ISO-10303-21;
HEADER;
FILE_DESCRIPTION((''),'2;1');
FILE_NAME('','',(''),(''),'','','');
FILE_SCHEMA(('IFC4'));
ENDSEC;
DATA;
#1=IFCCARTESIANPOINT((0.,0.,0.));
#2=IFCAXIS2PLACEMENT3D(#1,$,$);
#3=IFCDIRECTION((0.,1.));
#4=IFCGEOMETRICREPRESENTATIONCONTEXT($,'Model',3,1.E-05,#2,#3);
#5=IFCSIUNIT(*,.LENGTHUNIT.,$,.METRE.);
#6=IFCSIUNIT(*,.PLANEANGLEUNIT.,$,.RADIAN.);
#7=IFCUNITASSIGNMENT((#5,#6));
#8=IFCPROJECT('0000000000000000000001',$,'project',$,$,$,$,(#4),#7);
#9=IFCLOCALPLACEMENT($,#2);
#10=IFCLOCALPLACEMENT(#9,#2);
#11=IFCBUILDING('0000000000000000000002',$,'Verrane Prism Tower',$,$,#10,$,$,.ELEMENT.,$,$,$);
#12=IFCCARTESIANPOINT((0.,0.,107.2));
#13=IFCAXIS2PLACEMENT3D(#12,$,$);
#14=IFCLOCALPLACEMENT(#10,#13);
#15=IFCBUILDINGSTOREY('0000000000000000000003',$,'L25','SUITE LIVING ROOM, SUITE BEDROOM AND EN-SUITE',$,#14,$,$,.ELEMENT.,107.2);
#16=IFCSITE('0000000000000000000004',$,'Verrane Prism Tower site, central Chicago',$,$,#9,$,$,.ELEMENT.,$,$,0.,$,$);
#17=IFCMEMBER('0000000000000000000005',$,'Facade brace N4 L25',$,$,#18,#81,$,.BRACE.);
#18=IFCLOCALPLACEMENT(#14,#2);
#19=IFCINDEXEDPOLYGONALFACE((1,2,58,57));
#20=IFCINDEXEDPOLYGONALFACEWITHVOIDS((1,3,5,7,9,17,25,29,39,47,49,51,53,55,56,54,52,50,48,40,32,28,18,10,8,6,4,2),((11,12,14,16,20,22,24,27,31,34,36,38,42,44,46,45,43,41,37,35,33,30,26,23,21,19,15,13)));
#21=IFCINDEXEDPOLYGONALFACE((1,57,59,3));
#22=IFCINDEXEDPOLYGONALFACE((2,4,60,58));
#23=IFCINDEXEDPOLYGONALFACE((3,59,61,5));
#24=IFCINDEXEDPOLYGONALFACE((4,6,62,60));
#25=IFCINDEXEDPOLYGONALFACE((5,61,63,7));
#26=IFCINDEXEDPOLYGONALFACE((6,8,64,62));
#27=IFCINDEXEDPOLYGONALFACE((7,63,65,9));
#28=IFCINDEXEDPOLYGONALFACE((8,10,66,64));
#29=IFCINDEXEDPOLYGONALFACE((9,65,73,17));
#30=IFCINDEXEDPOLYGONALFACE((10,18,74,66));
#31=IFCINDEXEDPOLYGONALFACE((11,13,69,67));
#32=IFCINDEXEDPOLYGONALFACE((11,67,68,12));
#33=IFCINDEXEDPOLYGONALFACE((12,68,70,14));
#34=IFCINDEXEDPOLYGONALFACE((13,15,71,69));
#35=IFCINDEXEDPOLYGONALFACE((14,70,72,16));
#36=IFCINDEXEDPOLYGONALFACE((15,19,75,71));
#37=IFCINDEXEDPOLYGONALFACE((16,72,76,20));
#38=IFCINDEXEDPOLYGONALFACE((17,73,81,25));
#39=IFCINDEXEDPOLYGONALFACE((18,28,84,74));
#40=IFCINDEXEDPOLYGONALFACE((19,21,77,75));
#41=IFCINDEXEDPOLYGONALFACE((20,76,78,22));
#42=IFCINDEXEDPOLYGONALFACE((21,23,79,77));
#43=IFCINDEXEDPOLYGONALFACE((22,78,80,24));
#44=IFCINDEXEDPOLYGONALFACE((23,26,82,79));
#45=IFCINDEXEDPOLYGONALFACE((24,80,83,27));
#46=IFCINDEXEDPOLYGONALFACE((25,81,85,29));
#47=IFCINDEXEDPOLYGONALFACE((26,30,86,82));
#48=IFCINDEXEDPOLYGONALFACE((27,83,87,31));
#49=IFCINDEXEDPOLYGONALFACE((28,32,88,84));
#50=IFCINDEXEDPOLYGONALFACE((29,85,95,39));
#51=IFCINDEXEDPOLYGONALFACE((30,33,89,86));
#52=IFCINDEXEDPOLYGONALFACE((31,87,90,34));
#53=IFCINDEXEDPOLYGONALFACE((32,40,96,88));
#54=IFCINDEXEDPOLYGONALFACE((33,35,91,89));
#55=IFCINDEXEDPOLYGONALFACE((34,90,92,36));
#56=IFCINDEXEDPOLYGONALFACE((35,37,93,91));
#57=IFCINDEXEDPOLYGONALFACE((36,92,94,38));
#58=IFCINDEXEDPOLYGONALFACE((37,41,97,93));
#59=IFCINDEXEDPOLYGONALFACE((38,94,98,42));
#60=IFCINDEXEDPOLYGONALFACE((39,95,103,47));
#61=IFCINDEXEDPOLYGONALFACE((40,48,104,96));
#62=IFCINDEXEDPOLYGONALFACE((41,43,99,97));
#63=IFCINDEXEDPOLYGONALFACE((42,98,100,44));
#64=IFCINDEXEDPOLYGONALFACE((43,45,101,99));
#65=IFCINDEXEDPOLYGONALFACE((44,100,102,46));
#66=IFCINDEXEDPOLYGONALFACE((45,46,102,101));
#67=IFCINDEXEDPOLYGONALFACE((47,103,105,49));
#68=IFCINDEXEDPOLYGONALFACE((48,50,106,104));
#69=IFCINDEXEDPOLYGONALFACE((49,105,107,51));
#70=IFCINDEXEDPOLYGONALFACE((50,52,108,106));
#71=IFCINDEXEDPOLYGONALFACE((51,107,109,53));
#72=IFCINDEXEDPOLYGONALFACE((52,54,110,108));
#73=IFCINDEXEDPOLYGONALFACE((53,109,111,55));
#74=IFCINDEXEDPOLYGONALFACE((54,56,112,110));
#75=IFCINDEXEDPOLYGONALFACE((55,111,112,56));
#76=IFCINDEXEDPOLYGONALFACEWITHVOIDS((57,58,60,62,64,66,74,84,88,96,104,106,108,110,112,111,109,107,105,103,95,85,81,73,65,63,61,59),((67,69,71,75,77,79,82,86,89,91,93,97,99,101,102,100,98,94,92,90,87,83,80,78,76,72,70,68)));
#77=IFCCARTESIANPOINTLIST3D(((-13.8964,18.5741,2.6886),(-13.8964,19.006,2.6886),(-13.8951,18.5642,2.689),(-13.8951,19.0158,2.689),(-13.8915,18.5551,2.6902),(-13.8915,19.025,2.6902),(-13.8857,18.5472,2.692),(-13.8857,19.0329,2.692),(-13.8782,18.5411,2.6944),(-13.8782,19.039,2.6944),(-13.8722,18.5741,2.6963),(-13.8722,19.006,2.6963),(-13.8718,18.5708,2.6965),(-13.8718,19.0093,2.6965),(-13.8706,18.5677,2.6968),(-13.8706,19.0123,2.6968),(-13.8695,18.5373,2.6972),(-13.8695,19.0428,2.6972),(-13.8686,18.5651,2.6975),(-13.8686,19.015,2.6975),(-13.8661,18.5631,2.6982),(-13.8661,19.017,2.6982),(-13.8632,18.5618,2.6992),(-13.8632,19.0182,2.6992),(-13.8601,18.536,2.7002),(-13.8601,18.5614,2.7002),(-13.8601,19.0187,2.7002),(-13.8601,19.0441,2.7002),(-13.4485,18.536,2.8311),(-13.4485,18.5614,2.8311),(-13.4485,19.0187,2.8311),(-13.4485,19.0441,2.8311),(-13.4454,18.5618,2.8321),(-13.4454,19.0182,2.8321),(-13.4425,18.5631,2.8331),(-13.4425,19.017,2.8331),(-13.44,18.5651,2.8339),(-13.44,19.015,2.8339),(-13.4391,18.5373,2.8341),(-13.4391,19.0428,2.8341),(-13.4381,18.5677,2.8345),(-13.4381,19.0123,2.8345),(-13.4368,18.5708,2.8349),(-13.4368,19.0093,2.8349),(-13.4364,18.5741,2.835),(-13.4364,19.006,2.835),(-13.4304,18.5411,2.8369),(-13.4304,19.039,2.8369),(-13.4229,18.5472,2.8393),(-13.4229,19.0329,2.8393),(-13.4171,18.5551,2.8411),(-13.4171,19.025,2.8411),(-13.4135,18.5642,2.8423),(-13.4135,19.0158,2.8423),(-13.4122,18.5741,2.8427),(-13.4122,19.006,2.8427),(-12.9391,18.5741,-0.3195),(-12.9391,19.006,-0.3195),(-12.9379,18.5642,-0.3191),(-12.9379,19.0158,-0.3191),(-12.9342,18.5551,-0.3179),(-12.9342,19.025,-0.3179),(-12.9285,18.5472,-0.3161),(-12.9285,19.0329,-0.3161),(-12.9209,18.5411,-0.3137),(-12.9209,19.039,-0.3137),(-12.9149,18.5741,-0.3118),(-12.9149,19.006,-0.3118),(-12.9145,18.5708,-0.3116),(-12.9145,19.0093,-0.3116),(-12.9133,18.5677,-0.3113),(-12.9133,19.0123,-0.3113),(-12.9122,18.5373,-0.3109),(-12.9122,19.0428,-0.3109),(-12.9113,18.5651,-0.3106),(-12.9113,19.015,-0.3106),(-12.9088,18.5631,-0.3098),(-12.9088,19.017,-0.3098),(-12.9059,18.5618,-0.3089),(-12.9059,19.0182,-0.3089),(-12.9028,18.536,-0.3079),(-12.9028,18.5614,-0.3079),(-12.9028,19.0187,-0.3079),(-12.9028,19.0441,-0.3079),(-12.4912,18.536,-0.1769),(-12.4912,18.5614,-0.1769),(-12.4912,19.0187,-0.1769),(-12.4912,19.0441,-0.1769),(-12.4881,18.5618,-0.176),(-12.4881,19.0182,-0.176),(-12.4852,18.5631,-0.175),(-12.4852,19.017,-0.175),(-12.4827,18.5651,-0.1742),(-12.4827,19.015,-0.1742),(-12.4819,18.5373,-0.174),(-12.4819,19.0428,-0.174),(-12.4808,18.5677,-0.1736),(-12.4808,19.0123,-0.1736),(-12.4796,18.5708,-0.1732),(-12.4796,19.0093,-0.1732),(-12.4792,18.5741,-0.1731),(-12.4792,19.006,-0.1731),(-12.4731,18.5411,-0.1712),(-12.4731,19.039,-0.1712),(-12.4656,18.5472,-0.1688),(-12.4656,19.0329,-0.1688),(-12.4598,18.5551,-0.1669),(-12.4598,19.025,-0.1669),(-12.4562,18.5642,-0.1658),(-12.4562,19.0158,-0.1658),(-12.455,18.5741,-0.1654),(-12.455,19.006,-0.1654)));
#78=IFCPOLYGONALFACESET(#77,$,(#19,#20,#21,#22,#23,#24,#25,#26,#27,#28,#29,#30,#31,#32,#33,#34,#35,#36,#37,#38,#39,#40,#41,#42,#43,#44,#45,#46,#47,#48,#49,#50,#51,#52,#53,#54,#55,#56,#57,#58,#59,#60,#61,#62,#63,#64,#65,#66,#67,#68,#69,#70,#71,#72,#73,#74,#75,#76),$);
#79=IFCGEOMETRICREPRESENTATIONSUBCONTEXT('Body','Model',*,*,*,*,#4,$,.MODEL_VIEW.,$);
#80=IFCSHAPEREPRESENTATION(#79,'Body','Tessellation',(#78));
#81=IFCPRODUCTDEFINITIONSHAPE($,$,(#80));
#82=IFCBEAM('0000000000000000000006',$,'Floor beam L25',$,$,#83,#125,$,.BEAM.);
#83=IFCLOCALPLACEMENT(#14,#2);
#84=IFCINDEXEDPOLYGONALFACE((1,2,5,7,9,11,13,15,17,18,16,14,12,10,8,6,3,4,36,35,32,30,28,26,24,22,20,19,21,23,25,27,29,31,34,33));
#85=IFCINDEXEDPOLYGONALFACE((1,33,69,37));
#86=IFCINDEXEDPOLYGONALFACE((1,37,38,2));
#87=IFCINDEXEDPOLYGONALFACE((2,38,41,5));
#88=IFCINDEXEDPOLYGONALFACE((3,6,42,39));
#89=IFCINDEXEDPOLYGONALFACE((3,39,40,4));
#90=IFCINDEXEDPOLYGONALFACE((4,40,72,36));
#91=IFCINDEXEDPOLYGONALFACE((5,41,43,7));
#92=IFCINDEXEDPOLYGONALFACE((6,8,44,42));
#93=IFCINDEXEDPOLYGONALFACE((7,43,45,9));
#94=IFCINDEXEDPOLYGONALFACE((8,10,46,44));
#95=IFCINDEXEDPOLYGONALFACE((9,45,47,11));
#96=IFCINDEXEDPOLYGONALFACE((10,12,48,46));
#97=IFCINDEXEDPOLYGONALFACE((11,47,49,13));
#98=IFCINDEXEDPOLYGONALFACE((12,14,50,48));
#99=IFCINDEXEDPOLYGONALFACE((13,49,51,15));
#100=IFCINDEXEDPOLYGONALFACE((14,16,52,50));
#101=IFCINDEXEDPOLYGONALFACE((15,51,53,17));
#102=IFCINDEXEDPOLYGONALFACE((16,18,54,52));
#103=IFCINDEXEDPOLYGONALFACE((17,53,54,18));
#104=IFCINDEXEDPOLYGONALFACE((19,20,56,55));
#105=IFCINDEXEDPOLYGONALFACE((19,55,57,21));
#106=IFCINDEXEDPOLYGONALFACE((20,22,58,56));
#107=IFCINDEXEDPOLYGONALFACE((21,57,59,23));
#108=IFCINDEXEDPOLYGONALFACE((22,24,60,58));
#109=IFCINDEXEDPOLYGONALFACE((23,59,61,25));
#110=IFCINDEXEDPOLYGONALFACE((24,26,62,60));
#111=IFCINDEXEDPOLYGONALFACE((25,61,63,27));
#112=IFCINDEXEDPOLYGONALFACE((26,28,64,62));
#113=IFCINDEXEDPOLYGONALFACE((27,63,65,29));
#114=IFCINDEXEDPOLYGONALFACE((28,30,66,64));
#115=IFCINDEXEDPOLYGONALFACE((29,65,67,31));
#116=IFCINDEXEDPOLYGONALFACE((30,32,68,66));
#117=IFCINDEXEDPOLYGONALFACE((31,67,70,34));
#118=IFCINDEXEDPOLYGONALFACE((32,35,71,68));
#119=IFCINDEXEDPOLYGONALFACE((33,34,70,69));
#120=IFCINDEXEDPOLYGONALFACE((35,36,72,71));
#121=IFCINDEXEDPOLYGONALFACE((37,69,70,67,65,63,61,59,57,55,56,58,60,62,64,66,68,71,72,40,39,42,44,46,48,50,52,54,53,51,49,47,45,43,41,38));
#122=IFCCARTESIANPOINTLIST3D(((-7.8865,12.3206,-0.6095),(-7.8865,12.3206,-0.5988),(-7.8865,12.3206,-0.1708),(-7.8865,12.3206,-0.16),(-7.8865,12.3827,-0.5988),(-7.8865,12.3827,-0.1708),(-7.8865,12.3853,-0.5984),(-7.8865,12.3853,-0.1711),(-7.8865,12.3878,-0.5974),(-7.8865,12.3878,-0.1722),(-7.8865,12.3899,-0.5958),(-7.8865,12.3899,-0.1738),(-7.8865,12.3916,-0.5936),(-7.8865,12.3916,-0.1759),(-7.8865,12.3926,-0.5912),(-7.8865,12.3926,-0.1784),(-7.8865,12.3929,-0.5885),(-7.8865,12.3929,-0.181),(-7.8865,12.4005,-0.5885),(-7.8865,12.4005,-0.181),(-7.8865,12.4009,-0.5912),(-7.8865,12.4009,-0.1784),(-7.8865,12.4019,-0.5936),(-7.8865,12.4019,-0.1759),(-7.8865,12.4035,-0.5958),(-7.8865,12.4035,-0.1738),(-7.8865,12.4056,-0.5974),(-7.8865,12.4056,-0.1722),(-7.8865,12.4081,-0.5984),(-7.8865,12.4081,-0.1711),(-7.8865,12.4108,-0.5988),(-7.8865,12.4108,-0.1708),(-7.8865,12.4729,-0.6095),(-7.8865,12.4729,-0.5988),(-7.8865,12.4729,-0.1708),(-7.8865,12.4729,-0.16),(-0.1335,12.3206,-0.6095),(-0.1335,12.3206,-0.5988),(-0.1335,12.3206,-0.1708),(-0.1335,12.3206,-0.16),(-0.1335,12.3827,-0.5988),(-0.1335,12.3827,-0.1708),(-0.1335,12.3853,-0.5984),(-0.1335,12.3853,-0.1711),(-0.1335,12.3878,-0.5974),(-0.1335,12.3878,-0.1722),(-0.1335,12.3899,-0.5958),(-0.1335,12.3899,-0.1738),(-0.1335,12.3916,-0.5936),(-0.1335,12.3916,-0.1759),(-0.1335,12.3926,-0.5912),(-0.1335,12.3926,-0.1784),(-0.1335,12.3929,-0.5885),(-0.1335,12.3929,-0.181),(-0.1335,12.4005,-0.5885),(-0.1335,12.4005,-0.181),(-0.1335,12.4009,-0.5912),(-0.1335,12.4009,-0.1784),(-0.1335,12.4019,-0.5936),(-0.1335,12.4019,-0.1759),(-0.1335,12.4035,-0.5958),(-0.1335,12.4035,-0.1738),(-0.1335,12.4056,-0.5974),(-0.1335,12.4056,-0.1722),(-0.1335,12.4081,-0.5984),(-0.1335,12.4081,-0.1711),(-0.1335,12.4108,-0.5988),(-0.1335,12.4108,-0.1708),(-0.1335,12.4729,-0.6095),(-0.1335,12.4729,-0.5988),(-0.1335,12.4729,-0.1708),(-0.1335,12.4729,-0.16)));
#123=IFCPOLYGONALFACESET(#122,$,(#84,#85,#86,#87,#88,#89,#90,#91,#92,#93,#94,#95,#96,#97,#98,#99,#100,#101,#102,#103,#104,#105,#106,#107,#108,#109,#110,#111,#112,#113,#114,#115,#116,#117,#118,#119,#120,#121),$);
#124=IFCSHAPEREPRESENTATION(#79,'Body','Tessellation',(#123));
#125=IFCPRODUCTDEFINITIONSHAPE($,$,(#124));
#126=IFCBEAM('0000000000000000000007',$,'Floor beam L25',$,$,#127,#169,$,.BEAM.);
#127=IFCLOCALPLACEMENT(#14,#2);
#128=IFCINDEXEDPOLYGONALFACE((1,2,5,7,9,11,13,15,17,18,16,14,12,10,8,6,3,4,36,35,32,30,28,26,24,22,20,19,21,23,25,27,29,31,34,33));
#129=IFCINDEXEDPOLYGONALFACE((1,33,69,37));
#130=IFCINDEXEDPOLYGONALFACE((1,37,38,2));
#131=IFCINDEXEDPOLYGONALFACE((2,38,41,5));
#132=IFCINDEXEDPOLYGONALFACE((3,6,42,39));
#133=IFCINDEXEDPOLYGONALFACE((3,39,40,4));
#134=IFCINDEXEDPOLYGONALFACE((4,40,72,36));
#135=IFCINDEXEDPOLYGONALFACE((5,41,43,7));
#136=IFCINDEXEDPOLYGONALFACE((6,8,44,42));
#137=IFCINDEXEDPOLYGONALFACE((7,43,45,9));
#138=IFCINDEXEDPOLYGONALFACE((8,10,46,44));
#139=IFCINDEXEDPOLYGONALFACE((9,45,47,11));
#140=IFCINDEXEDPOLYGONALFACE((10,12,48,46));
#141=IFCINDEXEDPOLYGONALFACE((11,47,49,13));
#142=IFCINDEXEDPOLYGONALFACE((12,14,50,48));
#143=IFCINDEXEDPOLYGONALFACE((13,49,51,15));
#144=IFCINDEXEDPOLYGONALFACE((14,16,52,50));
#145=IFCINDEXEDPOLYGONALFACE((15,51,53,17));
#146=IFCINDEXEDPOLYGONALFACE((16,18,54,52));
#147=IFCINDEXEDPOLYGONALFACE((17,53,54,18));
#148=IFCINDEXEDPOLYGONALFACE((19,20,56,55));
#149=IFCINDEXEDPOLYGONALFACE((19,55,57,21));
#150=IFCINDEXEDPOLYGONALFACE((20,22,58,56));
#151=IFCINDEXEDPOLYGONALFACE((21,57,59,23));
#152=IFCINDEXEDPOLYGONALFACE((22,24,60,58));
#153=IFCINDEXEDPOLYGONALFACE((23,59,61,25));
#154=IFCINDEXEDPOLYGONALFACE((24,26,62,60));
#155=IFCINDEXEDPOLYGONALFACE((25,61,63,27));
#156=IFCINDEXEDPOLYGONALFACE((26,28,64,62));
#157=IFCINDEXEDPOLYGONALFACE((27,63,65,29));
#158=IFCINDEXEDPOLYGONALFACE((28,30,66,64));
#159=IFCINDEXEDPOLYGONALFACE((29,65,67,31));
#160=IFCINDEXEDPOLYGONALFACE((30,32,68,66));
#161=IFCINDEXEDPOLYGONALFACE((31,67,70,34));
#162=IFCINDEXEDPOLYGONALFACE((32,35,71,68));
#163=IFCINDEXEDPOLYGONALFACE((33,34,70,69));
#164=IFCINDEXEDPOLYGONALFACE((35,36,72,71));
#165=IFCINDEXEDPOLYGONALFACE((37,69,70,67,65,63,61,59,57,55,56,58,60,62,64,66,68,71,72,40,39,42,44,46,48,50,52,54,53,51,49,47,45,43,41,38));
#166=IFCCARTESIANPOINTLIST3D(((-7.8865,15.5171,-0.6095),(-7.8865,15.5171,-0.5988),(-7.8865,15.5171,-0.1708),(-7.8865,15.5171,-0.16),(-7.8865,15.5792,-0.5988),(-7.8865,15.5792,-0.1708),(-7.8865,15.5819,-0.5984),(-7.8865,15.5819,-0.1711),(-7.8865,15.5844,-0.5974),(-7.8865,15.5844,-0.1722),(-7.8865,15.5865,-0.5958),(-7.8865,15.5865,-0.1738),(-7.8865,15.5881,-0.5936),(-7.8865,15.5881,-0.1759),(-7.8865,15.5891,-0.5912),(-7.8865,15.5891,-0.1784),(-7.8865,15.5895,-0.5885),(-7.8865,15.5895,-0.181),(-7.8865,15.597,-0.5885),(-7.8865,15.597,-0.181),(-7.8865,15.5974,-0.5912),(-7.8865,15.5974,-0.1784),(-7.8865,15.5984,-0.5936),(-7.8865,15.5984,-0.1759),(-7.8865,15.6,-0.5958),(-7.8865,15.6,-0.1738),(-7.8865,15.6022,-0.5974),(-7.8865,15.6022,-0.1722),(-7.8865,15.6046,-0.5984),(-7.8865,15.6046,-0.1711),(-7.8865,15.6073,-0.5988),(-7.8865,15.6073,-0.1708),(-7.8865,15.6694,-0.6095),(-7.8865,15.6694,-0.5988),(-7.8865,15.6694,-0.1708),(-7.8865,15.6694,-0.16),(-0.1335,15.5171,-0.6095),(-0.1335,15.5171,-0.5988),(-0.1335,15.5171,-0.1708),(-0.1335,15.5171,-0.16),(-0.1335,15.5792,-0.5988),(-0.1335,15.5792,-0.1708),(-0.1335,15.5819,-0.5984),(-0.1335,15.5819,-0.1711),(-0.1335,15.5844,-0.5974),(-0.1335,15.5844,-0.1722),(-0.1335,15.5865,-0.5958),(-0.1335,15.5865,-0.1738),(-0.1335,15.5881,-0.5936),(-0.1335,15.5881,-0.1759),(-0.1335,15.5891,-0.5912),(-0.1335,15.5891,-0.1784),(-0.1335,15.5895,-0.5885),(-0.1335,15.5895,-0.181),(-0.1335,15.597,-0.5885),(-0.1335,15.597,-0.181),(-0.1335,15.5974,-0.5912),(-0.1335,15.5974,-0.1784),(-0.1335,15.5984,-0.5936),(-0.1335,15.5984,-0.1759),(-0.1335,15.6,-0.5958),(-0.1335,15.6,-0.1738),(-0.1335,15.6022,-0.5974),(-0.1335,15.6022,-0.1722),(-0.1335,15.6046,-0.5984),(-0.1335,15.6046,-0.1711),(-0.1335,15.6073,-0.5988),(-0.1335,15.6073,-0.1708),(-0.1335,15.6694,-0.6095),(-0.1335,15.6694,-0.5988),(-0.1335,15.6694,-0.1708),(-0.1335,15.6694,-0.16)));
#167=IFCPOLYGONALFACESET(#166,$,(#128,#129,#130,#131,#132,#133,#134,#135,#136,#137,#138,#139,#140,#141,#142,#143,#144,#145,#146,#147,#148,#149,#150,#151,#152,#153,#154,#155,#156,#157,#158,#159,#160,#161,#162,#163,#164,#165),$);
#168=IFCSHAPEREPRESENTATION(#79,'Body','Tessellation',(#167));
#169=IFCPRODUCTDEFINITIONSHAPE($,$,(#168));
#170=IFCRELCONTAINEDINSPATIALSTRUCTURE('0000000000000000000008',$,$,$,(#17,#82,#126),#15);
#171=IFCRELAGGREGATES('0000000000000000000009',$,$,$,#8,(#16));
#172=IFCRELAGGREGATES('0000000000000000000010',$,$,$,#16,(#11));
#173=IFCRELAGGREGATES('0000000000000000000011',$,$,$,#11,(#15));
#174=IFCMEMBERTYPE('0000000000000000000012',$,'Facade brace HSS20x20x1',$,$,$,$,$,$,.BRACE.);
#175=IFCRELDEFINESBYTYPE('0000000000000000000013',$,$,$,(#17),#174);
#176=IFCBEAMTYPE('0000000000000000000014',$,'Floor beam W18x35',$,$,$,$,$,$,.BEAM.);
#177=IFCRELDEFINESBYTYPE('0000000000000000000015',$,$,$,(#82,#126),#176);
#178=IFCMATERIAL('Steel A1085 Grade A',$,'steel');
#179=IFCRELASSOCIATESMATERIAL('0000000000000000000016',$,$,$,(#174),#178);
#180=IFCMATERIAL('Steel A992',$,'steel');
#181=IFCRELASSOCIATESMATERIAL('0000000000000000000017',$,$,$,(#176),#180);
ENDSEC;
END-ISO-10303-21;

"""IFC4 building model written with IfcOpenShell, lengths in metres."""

from ifc_helpers import new_model, si_unit, direction, frame, origin, origin_2d, place, context, subcontext, project, spatial, hollow_rectangle, i_section, extrude, material, material_profile, profile_set, type_object, element, save


model = new_model("IFC4")

# Units and contexts
model_context = context("Model", 3, precision=1e-05, world=origin(), true_north=direction((0.0, 1.0)))
body_context = subcontext(model_context, "Body", "Model", "MODEL_VIEW")
ifc_project = project(units=[si_unit("LENGTHUNIT", "METRE"), si_unit("PLANEANGLEUNIT", "RADIAN")], contexts=[model_context])

# Site, building, storey
site_placement = place(None, origin())
site = spatial("IfcSite", under=ifc_project, at=site_placement, Name="Verrane Prism Tower site, central Chicago", CompositionType="ELEMENT", RefElevation=0.0)
building_placement = place(site_placement, origin())
building = spatial("IfcBuilding", under=site, at=building_placement, Name="Verrane Prism Tower", CompositionType="ELEMENT")
storey_placement = place(building_placement, frame((0.0, 0.0, 107.2)))
storey = spatial("IfcBuildingStorey", under=building, at=storey_placement, Name="L25", Description="SUITE LIVING ROOM, SUITE BEDROOM AND EN-SUITE", CompositionType="ELEMENT", Elevation=107.2)

# Member
ifc_material_1 = material(Name="Steel A1085 Grade A", Category="steel")
ifc_material_profile_1 = material_profile(ifc_material_1, hollow_rectangle(XDim=0.5081, YDim=0.5081, WallThickness=0.0254, InnerFilletRadius=0.0127, OuterFilletRadius=0.0381, at=origin_2d()), Name="HSS20x20x1")
ifc_profile_set_1 = profile_set([ifc_material_profile_1], Name="Steel A1085 Grade A")
member_type_1 = type_object("IfcMemberType", Name="Facade brace HSS20x20x1", PredefinedType="BRACE", material=ifc_profile_set_1)
for number, where, z_axis, x_axis, name in (
    (1, (-12.697, 18.79, -0.2424), (-0.303252, 0.0, 0.952911), (0.0, -1.0, 0.0), "Facade brace N4 L25"),
):
    element("IfcMember", number, at=place(storey_placement, frame(where, z_axis=z_axis, x_axis=x_axis)), inside=storey, type_object=member_type_1, Name=name, PredefinedType="BRACE", context=body_context, shape_type="SweptSolid", body=[
        extrude(hollow_rectangle(XDim=0.5081, YDim=0.5081, WallThickness=0.0254, InnerFilletRadius=0.0127, OuterFilletRadius=0.0381, at=origin_2d()), origin(), (0.0, 0.0, 1.0), 3.1567),
    ])

# Beams
ifc_material_2 = material(Name="Steel A992", Category="steel")
ifc_material_profile_2 = material_profile(ifc_material_2, i_section(OverallWidth=0.1523, OverallDepth=0.4495, WebThickness=0.0076, FlangeThickness=0.0107, FilletRadius=0.0103, at=origin_2d()), Name="W18x35")
ifc_profile_set_2 = profile_set([ifc_material_profile_2], Name="Steel A992")
beam_type_1 = type_object("IfcBeamType", Name="Floor beam W18x35", PredefinedType="BEAM", material=ifc_profile_set_2)
for number, where, z_axis, x_axis, name in (
    (2, (-7.8865, 12.3967, -0.3848), (1.0, 0.0, 0.0), (0.0, 1.0, 0.0), "Floor beam L25"),
    (3, (-7.8865, 15.5933, -0.3848), (1.0, 0.0, 0.0), (0.0, 1.0, 0.0), "Floor beam L25"),
):
    element("IfcBeam", number, at=place(storey_placement, frame(where, z_axis=z_axis, x_axis=x_axis)), inside=storey, type_object=beam_type_1, Name=name, PredefinedType="BEAM", context=body_context, shape_type="SweptSolid", body=[
        extrude(i_section(OverallWidth=0.1523, OverallDepth=0.4495, WebThickness=0.0076, FlangeThickness=0.0107, FilletRadius=0.0103, at=origin_2d()), origin(), (0.0, 0.0, 1.0), 7.7529),
    ])

save(model, "model.ifc")
